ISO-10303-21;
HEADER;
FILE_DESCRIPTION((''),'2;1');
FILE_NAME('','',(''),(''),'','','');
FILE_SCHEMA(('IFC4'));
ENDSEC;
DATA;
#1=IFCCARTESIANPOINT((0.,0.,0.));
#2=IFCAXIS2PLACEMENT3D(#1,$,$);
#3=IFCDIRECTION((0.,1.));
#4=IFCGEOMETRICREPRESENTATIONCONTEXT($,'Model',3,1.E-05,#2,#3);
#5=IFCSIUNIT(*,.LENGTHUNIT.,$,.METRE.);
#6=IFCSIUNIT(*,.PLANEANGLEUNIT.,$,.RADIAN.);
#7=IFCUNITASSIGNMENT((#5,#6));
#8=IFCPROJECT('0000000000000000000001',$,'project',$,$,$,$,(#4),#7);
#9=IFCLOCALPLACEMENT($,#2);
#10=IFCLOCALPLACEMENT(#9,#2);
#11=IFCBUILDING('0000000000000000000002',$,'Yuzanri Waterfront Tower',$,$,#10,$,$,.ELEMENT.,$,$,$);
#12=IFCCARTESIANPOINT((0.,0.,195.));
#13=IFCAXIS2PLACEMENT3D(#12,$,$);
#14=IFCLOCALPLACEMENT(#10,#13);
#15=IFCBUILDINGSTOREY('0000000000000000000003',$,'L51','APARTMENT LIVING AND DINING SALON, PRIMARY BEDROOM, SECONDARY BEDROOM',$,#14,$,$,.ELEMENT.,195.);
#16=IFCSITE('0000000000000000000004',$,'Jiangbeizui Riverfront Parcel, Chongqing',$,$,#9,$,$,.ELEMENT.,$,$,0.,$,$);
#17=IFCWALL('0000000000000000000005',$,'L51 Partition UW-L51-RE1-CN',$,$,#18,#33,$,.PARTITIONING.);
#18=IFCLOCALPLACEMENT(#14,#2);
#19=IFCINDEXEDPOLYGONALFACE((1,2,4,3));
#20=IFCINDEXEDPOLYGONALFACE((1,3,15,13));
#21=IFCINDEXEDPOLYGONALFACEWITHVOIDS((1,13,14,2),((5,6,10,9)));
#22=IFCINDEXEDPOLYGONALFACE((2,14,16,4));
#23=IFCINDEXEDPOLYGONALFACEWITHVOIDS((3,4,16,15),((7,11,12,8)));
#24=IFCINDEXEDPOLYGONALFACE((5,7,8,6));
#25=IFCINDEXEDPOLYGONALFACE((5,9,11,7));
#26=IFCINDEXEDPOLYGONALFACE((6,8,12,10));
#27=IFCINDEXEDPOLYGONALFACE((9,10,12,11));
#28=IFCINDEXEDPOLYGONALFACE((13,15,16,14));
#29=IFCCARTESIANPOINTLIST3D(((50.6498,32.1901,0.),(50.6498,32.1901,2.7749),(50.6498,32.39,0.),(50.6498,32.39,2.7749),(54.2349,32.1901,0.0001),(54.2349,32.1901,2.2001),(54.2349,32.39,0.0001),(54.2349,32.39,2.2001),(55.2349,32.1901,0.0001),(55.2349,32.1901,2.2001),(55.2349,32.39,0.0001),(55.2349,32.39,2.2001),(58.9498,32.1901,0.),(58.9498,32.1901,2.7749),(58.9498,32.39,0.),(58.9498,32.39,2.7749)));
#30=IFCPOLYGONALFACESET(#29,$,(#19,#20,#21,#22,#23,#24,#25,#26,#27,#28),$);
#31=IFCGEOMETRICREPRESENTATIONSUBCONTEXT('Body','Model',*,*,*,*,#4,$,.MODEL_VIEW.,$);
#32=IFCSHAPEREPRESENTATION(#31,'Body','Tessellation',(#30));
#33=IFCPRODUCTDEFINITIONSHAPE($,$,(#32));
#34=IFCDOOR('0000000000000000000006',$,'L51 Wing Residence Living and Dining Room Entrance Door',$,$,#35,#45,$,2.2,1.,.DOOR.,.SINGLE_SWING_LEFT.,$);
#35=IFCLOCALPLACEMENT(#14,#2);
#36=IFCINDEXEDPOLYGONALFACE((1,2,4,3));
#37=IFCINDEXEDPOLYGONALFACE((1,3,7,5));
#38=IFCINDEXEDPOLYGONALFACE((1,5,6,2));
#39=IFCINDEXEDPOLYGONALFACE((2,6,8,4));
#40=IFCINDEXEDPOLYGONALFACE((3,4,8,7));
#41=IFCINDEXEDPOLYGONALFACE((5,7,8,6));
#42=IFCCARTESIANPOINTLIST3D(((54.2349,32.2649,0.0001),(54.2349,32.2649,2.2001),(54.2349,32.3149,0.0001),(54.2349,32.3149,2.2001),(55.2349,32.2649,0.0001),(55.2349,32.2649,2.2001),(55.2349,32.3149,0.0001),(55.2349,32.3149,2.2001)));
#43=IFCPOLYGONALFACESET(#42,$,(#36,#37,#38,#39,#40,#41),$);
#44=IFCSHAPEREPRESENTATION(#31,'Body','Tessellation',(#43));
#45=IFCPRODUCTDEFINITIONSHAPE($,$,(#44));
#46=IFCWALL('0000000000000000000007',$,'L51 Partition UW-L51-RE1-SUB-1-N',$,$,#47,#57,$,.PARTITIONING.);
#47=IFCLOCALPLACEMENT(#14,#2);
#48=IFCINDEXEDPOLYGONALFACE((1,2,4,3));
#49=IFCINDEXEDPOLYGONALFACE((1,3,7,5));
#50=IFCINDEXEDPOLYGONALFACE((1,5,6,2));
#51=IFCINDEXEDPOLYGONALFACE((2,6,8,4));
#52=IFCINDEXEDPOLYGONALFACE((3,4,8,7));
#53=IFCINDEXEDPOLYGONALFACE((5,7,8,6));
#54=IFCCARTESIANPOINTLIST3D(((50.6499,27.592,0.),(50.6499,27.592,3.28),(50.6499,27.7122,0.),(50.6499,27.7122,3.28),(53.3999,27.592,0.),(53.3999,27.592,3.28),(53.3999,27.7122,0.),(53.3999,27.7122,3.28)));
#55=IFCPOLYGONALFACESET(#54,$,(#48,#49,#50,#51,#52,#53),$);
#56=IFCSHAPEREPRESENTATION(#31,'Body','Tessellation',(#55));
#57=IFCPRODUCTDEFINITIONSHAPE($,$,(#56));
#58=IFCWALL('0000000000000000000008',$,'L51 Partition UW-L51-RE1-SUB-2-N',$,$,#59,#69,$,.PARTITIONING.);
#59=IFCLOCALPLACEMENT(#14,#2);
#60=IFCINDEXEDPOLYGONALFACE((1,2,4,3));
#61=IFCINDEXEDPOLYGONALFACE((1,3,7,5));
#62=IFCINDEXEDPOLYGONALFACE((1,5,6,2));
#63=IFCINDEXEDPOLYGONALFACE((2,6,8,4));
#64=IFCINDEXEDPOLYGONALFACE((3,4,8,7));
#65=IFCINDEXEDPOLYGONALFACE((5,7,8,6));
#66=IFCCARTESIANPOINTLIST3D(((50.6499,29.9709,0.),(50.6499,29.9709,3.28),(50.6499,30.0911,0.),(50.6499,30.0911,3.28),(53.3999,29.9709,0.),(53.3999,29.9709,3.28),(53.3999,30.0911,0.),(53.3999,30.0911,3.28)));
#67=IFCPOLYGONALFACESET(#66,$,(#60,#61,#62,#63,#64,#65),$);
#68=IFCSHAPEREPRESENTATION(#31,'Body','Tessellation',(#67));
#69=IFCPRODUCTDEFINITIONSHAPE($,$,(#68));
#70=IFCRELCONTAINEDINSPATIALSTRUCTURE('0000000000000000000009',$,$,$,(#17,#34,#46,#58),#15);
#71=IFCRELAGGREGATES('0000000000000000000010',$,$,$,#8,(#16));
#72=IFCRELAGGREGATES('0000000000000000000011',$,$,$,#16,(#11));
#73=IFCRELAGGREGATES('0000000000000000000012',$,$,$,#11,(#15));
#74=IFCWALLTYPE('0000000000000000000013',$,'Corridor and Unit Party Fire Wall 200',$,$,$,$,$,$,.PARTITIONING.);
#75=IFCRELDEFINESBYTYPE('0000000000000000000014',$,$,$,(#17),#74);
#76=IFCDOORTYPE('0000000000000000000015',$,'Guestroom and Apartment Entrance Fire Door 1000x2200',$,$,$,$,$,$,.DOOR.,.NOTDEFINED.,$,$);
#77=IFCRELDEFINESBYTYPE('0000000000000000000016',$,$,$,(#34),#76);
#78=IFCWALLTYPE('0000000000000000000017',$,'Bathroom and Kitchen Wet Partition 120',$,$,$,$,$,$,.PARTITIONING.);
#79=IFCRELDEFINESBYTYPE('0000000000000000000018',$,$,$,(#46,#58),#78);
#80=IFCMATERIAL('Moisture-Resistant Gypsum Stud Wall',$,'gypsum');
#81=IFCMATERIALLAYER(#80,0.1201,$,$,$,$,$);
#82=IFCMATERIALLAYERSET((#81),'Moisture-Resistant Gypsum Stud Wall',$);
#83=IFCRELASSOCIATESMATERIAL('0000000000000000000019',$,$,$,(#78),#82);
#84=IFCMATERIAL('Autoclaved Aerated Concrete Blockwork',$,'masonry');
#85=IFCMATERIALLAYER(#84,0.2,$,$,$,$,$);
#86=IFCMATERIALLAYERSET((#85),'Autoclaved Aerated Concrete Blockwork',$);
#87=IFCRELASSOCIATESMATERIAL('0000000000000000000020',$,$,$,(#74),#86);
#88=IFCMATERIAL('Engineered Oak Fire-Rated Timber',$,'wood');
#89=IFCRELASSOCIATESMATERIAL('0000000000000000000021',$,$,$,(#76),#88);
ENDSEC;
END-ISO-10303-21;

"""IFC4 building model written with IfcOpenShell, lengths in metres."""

from ifc_helpers import new_model, si_unit, direction, frame, frame_2d, origin, place, context, subcontext, project, spatial, rectangle, extrude, source, transform, mapped, material, layer, layer_set, type_object, element, fill, save


model = new_model("IFC4")

# Units and contexts
model_context = context("Model", 3, precision=1e-05, world=origin(), true_north=direction((0.0, 1.0)))
body_context = subcontext(model_context, "Body", "Model", "MODEL_VIEW")
ifc_project = project(units=[si_unit("LENGTHUNIT", "METRE"), si_unit("PLANEANGLEUNIT", "RADIAN")], contexts=[model_context])

# Site, building, storey
site_placement = place(None, origin())
site = spatial("IfcSite", under=ifc_project, at=site_placement, Name="Jiangbeizui Riverfront Parcel, Chongqing", CompositionType="ELEMENT", RefElevation=0.0)
building_placement = place(site_placement, origin())
building = spatial("IfcBuilding", under=site, at=building_placement, Name="Yuzanri Waterfront Tower", CompositionType="ELEMENT")
storey_placement = place(building_placement, frame((0.0, 0.0, 195.0)))
storey = spatial("IfcBuildingStorey", under=building, at=storey_placement, Name="L51", Description="APARTMENT LIVING AND DINING SALON, PRIMARY BEDROOM, SECONDARY BEDROOM", CompositionType="ELEMENT", Elevation=195.0)

# Wall, opening, door
ifc_material_1 = material(Name="Moisture-Resistant Gypsum Stud Wall", Category="gypsum")
ifc_layer_1 = layer(ifc_material_1, 0.1201)
ifc_layer_set_1 = layer_set([ifc_layer_1], Name="Moisture-Resistant Gypsum Stud Wall")
wall_type_1 = type_object("IfcWallType", Name="Bathroom and Kitchen Wet Partition 120", PredefinedType="PARTITIONING", material=ifc_layer_set_1)
ifc_material_2 = material(Name="Autoclaved Aerated Concrete Blockwork", Category="masonry")
ifc_layer_2 = layer(ifc_material_2, 0.2)
ifc_layer_set_2 = layer_set([ifc_layer_2], Name="Autoclaved Aerated Concrete Blockwork")
wall_type_2 = type_object("IfcWallType", Name="Corridor and Unit Party Fire Wall 200", PredefinedType="PARTITIONING", material=ifc_layer_set_2)
wall_1_placement = place(storey_placement, frame((50.6499, 32.29, 0.0), z_axis=(0.0, 0.0, 1.0), x_axis=(1.0, 0.0, 0.0)))
wall_1 = element("IfcWall", 1, at=wall_1_placement, inside=storey, type_object=wall_type_2, Name="L51 Partition UW-L51-RE1-CN", PredefinedType="PARTITIONING", context=body_context, shape_type="SweptSolid", body=[
    extrude(rectangle(XDim=8.3, YDim=0.2, at=frame_2d((4.1499, 0.0))), origin(), (0.0, 0.0, 1.0), 2.7749),
])
opening_1_placement = place(wall_1_placement, frame((3.585, 0.0, 0.0)))
opening_1 = element("IfcOpeningElement", 2, at=opening_1_placement, cuts=wall_1, PredefinedType="OPENING", context=body_context, shape_type="SweptSolid", body=[
    extrude(rectangle(XDim=1.0, YDim=2.2, at=frame_2d((0.5, 1.1001))), frame((0.0, 0.1147, 0.0), z_axis=(0.0, -1.0, 0.0), x_axis=(1.0, 0.0, 0.0)), (0.0, 0.0, 1.0), 0.2297),
])
ifc_material_3 = material(Name="Engineered Oak Fire-Rated Timber", Category="wood")
door_type_1 = type_object("IfcDoorType", Name="Guestroom and Apartment Entrance Fire Door 1000x2200", OperationType="NOTDEFINED", PredefinedType="DOOR", material=ifc_material_3)
shared_shape_1 = source(origin(), body_context, "Body", "SweptSolid", [
    extrude(rectangle(XDim=1.0, YDim=2.2, at=frame_2d((0.5, 1.1001))), frame((0.0, 0.0249, 0.0), z_axis=(0.0, -1.0, 0.0), x_axis=(1.0, 0.0, 0.0)), (0.0, 0.0, 1.0), 0.05),
])
door_1_placement = place(opening_1_placement, origin())
door_1 = element("IfcDoor", 3, at=door_1_placement, inside=storey, type_object=door_type_1, Name="L51 Wing Residence Living and Dining Room Entrance Door", OperationType="SINGLE_SWING_LEFT", OverallHeight=2.2, OverallWidth=1.0, PredefinedType="DOOR", context=body_context, shape_type="MappedRepresentation", body=[
    mapped(shared_shape_1, transform((0.0, 0.0, 0.0), scale=1.0)),
])
fill(opening_1, door_1)

# Walls
shared_shape_2 = source(origin(), body_context, "Body", "SweptSolid", [
    extrude(rectangle(XDim=2.75, YDim=0.1201, at=frame_2d((1.375, 0.0))), origin(), (0.0, 0.0, 1.0), 3.28),
])
for number, where, z_axis, x_axis, name in (
    (4, (50.6499, 27.6521, 0.0), (0.0, 0.0, 1.0), (1.0, 0.0, 0.0), "L51 Partition UW-L51-RE1-SUB-1-N"),
    (5, (50.6499, 30.031, 0.0), (0.0, 0.0, 1.0), (1.0, 0.0, 0.0), "L51 Partition UW-L51-RE1-SUB-2-N"),
):
    element("IfcWall", number, at=place(storey_placement, frame(where, z_axis=z_axis, x_axis=x_axis)), inside=storey, type_object=wall_type_1, Name=name, PredefinedType="PARTITIONING", context=body_context, shape_type="MappedRepresentation", body=[
        mapped(shared_shape_2, transform((0.0, 0.0, 0.0), scale=1.0)),
    ])

save(model, "model.ifc")
